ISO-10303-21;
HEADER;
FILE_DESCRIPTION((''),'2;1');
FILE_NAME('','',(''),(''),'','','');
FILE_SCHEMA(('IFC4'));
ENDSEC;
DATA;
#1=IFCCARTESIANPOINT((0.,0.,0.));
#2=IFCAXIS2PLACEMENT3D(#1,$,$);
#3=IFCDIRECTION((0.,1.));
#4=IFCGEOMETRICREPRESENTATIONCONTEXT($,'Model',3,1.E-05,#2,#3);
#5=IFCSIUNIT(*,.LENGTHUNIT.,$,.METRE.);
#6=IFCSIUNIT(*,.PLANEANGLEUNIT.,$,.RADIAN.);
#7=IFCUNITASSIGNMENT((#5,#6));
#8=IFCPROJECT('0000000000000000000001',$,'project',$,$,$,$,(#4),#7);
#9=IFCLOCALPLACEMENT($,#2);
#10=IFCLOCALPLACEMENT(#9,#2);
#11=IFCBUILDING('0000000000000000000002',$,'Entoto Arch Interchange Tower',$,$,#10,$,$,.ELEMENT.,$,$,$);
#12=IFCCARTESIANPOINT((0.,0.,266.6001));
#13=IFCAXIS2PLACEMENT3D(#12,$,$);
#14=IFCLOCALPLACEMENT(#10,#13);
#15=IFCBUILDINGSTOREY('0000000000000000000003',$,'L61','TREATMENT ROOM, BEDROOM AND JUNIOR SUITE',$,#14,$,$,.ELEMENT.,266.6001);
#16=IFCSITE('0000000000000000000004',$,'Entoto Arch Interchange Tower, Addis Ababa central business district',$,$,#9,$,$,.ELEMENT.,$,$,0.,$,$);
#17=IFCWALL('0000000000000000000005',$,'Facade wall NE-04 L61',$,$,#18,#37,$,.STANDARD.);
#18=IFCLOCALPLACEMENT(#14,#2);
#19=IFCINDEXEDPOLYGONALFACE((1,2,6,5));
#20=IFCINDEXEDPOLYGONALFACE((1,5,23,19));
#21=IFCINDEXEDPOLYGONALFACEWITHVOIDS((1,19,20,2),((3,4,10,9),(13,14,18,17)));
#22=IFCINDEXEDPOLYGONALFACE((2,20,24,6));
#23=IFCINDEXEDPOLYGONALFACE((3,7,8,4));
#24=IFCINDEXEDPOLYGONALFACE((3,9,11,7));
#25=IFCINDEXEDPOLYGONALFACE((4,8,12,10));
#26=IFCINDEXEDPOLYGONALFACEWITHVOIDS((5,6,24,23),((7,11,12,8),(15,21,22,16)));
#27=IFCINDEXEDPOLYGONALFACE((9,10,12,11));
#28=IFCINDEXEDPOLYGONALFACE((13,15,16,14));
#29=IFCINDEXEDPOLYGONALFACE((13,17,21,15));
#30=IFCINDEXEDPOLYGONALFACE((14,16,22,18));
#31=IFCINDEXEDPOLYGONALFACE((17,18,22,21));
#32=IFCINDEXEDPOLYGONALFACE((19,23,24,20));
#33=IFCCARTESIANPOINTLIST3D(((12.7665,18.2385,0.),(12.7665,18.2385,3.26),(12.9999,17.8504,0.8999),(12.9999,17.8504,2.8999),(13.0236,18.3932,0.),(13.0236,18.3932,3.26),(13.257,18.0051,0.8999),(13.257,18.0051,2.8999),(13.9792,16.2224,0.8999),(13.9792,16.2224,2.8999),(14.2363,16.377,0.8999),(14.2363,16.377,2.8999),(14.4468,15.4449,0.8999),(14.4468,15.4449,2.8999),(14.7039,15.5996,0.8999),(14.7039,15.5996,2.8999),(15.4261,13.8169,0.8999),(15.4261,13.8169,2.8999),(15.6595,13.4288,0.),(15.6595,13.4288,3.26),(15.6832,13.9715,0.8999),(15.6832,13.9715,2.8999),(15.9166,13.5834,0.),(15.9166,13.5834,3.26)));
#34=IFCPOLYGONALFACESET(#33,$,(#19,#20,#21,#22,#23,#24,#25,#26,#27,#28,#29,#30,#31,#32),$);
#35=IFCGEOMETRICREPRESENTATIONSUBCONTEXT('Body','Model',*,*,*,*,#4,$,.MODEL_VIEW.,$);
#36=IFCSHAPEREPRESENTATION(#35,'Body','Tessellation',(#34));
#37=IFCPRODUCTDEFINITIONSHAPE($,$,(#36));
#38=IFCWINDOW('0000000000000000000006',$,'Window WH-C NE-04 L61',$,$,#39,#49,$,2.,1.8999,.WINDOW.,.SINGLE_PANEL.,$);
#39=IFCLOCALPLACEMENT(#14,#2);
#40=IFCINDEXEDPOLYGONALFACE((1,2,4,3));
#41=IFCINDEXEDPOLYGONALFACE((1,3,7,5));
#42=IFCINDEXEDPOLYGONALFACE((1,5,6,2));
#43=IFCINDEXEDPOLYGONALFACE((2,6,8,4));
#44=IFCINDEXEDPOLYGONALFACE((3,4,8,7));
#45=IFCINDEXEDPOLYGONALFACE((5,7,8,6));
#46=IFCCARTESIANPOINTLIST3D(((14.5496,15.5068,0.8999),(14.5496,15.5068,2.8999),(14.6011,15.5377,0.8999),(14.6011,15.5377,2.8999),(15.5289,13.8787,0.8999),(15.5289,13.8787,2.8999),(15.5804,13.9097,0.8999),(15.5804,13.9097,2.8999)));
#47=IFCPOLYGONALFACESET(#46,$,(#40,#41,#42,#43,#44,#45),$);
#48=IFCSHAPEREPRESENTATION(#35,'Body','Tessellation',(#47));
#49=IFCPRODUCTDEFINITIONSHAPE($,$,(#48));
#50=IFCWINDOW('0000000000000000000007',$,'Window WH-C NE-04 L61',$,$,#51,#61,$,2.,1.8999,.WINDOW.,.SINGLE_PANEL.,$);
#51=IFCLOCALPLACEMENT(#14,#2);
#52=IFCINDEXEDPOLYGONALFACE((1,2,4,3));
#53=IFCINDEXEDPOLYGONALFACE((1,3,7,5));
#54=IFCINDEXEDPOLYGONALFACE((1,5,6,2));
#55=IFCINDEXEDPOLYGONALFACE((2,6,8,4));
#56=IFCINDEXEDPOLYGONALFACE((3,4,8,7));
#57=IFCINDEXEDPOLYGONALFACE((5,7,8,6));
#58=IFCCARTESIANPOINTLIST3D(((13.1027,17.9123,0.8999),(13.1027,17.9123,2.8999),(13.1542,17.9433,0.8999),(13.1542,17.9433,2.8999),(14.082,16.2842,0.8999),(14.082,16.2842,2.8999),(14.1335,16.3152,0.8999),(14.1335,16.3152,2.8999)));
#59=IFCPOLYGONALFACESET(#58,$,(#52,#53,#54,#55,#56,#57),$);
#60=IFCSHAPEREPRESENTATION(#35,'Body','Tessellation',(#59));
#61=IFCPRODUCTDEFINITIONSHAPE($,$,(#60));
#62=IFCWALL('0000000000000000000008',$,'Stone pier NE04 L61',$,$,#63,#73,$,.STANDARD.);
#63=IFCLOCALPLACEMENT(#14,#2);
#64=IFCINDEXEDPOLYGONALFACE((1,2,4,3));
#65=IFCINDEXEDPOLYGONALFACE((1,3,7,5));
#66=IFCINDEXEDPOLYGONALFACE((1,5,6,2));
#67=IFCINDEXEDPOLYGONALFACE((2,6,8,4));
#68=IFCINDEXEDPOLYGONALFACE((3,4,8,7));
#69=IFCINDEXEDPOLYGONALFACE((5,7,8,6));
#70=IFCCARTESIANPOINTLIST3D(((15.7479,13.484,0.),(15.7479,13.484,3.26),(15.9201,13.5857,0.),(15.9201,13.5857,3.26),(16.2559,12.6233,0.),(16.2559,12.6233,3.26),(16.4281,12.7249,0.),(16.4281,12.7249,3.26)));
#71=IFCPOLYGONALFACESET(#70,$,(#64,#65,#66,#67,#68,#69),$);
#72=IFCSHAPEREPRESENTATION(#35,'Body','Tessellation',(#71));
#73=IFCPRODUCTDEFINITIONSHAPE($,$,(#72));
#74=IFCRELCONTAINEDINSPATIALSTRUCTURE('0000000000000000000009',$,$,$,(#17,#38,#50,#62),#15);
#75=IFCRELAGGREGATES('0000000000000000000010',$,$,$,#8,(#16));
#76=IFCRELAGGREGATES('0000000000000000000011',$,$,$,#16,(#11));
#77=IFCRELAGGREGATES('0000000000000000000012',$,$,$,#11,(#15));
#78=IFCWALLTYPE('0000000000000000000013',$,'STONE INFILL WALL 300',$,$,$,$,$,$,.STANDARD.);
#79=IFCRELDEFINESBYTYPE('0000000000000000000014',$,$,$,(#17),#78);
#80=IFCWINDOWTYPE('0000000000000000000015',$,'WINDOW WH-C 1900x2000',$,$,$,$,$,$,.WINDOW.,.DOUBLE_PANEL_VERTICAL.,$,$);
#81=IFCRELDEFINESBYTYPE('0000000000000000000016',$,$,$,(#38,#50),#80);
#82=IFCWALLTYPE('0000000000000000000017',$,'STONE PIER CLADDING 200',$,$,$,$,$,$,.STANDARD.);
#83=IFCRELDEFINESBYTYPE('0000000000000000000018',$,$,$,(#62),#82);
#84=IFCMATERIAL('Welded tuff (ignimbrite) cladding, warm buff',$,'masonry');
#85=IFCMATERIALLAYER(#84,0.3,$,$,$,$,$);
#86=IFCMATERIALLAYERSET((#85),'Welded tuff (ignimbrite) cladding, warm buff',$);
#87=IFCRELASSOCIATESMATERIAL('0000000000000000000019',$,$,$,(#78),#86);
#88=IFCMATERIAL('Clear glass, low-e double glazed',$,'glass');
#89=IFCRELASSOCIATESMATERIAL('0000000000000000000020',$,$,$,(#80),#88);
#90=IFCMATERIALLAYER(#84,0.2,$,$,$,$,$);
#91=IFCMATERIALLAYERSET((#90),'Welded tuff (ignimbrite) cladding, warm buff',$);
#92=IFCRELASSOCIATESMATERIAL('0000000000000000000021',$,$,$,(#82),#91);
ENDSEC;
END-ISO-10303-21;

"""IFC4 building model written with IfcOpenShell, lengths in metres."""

from ifc_helpers import new_model, si_unit, direction, frame, frame_2d, origin, place, context, subcontext, project, spatial, rectangle, extrude, material, layer, layer_set, type_object, element, fill, save


model = new_model("IFC4")

# Units and contexts
model_context = context("Model", 3, precision=1e-05, world=origin(), true_north=direction((0.0, 1.0)))
body_context = subcontext(model_context, "Body", "Model", "MODEL_VIEW")
ifc_project = project(units=[si_unit("LENGTHUNIT", "METRE"), si_unit("PLANEANGLEUNIT", "RADIAN")], contexts=[model_context])

# Site, building, storey
site_placement = place(None, origin())
site = spatial("IfcSite", under=ifc_project, at=site_placement, Name="Entoto Arch Interchange Tower, Addis Ababa central business district", CompositionType="ELEMENT", RefElevation=0.0)
building_placement = place(site_placement, origin())
building = spatial("IfcBuilding", under=site, at=building_placement, Name="Entoto Arch Interchange Tower", CompositionType="ELEMENT")
storey_placement = place(building_placement, frame((0.0, 0.0, 266.6001)))
storey = spatial("IfcBuildingStorey", under=building, at=storey_placement, Name="L61", Description="TREATMENT ROOM, BEDROOM AND JUNIOR SUITE", CompositionType="ELEMENT", Elevation=266.6001)

# Wall, openings, windows
ifc_material_1 = material(Name="Welded tuff (ignimbrite) cladding, warm buff", Category="masonry")
ifc_layer_1 = layer(ifc_material_1, 0.3)
ifc_layer_set_1 = layer_set([ifc_layer_1], Name="Welded tuff (ignimbrite) cladding, warm buff")
wall_type_1 = type_object("IfcWallType", Name="STONE INFILL WALL 300", PredefinedType="STANDARD", material=ifc_layer_set_1)
wall_1_placement = place(storey_placement, frame((15.7881, 13.5061, 0.0), z_axis=(0.0, 0.0, 1.0), x_axis=(-0.515436, 0.856928, 0.0)))
wall_1 = element("IfcWall", 1, at=wall_1_placement, inside=storey, type_object=wall_type_1, Name="Facade wall NE-04 L61", PredefinedType="STANDARD", context=body_context, shape_type="SweptSolid", body=[
    extrude(rectangle(XDim=5.6128, YDim=0.3, at=frame_2d((2.8064, 0.0))), origin(), (0.0, 0.0, 1.0), 3.26),
])
opening_1_placement = place(wall_1_placement, frame((0.4529, 0.0, 0.8999)))
opening_1 = element("IfcOpeningElement", 2, at=opening_1_placement, cuts=wall_1, PredefinedType="OPENING", context=body_context, shape_type="SweptSolid", body=[
    extrude(rectangle(XDim=1.8999, YDim=2.0, at=frame_2d((0.95, 1.0))), frame((0.0, 0.1602, 0.0), z_axis=(0.0, -1.0, 0.0), x_axis=(1.0, 0.0, 0.0)), (0.0, 0.0, 1.0), 0.3201),
])
opening_2_placement = place(wall_1_placement, frame((3.26, 0.0, 0.8999)))
opening_2 = element("IfcOpeningElement", 3, at=opening_2_placement, cuts=wall_1, PredefinedType="OPENING", context=body_context, shape_type="SweptSolid", body=[
    extrude(rectangle(XDim=1.8999, YDim=2.0, at=frame_2d((0.95, 1.0))), frame((0.0, 0.1602, 0.0), z_axis=(0.0, -1.0, 0.0), x_axis=(1.0, 0.0, 0.0)), (0.0, 0.0, 1.0), 0.3201),
])
ifc_material_2 = material(Name="Clear glass, low-e double glazed", Category="glass")
window_type = type_object("IfcWindowType", Name="WINDOW WH-C 1900x2000", PartitioningType="DOUBLE_PANEL_VERTICAL", PredefinedType="WINDOW", material=ifc_material_2)
window_1_placement = place(opening_1_placement, origin())
window_1 = element("IfcWindow", 4, at=window_1_placement, inside=storey, type_object=window_type, Name="Window WH-C NE-04 L61", OverallHeight=2.0, OverallWidth=1.8999, PartitioningType="SINGLE_PANEL", PredefinedType="WINDOW", context=body_context, shape_type="SweptSolid", body=[
    extrude(rectangle(XDim=1.8999, YDim=2.0, at=frame_2d((0.95, 1.0))), frame((0.0, 0.03, 0.0), z_axis=(0.0, -1.0, 0.0), x_axis=(1.0, 0.0, 0.0)), (0.0, 0.0, 1.0), 0.0601),
])
fill(opening_1, window_1)
window_2_placement = place(opening_2_placement, origin())
window_2 = element("IfcWindow", 5, at=window_2_placement, inside=storey, type_object=window_type, Name="Window WH-C NE-04 L61", OverallHeight=2.0, OverallWidth=1.8999, PartitioningType="SINGLE_PANEL", PredefinedType="WINDOW", context=body_context, shape_type="SweptSolid", body=[
    extrude(rectangle(XDim=1.8999, YDim=2.0, at=frame_2d((0.95, 1.0))), frame((0.0, 0.03, 0.0), z_axis=(0.0, -1.0, 0.0), x_axis=(1.0, 0.0, 0.0)), (0.0, 0.0, 1.0), 0.0601),
])
fill(opening_2, window_2)

# Wall
ifc_layer_2 = layer(ifc_material_1, 0.2)
ifc_layer_set_2 = layer_set([ifc_layer_2], Name="Welded tuff (ignimbrite) cladding, warm buff")
wall_type_2 = type_object("IfcWallType", Name="STONE PIER CLADDING 200", PredefinedType="STANDARD", material=ifc_layer_set_2)
wall_2_placement = place(storey_placement, frame((16.342, 12.6741, 0.0), z_axis=(0.0, 0.0, 1.0), x_axis=(-0.508268, 0.861199, 0.0)))
element("IfcWall", 6, at=wall_2_placement, inside=storey, type_object=wall_type_2, Name="Stone pier NE04 L61", PredefinedType="STANDARD", context=body_context, shape_type="SweptSolid", body=[
    extrude(rectangle(XDim=0.9995, YDim=0.2, at=frame_2d((0.4998, 0.0))), origin(), (0.0, 0.0, 1.0), 3.26),
])

save(model, "model.ifc")
